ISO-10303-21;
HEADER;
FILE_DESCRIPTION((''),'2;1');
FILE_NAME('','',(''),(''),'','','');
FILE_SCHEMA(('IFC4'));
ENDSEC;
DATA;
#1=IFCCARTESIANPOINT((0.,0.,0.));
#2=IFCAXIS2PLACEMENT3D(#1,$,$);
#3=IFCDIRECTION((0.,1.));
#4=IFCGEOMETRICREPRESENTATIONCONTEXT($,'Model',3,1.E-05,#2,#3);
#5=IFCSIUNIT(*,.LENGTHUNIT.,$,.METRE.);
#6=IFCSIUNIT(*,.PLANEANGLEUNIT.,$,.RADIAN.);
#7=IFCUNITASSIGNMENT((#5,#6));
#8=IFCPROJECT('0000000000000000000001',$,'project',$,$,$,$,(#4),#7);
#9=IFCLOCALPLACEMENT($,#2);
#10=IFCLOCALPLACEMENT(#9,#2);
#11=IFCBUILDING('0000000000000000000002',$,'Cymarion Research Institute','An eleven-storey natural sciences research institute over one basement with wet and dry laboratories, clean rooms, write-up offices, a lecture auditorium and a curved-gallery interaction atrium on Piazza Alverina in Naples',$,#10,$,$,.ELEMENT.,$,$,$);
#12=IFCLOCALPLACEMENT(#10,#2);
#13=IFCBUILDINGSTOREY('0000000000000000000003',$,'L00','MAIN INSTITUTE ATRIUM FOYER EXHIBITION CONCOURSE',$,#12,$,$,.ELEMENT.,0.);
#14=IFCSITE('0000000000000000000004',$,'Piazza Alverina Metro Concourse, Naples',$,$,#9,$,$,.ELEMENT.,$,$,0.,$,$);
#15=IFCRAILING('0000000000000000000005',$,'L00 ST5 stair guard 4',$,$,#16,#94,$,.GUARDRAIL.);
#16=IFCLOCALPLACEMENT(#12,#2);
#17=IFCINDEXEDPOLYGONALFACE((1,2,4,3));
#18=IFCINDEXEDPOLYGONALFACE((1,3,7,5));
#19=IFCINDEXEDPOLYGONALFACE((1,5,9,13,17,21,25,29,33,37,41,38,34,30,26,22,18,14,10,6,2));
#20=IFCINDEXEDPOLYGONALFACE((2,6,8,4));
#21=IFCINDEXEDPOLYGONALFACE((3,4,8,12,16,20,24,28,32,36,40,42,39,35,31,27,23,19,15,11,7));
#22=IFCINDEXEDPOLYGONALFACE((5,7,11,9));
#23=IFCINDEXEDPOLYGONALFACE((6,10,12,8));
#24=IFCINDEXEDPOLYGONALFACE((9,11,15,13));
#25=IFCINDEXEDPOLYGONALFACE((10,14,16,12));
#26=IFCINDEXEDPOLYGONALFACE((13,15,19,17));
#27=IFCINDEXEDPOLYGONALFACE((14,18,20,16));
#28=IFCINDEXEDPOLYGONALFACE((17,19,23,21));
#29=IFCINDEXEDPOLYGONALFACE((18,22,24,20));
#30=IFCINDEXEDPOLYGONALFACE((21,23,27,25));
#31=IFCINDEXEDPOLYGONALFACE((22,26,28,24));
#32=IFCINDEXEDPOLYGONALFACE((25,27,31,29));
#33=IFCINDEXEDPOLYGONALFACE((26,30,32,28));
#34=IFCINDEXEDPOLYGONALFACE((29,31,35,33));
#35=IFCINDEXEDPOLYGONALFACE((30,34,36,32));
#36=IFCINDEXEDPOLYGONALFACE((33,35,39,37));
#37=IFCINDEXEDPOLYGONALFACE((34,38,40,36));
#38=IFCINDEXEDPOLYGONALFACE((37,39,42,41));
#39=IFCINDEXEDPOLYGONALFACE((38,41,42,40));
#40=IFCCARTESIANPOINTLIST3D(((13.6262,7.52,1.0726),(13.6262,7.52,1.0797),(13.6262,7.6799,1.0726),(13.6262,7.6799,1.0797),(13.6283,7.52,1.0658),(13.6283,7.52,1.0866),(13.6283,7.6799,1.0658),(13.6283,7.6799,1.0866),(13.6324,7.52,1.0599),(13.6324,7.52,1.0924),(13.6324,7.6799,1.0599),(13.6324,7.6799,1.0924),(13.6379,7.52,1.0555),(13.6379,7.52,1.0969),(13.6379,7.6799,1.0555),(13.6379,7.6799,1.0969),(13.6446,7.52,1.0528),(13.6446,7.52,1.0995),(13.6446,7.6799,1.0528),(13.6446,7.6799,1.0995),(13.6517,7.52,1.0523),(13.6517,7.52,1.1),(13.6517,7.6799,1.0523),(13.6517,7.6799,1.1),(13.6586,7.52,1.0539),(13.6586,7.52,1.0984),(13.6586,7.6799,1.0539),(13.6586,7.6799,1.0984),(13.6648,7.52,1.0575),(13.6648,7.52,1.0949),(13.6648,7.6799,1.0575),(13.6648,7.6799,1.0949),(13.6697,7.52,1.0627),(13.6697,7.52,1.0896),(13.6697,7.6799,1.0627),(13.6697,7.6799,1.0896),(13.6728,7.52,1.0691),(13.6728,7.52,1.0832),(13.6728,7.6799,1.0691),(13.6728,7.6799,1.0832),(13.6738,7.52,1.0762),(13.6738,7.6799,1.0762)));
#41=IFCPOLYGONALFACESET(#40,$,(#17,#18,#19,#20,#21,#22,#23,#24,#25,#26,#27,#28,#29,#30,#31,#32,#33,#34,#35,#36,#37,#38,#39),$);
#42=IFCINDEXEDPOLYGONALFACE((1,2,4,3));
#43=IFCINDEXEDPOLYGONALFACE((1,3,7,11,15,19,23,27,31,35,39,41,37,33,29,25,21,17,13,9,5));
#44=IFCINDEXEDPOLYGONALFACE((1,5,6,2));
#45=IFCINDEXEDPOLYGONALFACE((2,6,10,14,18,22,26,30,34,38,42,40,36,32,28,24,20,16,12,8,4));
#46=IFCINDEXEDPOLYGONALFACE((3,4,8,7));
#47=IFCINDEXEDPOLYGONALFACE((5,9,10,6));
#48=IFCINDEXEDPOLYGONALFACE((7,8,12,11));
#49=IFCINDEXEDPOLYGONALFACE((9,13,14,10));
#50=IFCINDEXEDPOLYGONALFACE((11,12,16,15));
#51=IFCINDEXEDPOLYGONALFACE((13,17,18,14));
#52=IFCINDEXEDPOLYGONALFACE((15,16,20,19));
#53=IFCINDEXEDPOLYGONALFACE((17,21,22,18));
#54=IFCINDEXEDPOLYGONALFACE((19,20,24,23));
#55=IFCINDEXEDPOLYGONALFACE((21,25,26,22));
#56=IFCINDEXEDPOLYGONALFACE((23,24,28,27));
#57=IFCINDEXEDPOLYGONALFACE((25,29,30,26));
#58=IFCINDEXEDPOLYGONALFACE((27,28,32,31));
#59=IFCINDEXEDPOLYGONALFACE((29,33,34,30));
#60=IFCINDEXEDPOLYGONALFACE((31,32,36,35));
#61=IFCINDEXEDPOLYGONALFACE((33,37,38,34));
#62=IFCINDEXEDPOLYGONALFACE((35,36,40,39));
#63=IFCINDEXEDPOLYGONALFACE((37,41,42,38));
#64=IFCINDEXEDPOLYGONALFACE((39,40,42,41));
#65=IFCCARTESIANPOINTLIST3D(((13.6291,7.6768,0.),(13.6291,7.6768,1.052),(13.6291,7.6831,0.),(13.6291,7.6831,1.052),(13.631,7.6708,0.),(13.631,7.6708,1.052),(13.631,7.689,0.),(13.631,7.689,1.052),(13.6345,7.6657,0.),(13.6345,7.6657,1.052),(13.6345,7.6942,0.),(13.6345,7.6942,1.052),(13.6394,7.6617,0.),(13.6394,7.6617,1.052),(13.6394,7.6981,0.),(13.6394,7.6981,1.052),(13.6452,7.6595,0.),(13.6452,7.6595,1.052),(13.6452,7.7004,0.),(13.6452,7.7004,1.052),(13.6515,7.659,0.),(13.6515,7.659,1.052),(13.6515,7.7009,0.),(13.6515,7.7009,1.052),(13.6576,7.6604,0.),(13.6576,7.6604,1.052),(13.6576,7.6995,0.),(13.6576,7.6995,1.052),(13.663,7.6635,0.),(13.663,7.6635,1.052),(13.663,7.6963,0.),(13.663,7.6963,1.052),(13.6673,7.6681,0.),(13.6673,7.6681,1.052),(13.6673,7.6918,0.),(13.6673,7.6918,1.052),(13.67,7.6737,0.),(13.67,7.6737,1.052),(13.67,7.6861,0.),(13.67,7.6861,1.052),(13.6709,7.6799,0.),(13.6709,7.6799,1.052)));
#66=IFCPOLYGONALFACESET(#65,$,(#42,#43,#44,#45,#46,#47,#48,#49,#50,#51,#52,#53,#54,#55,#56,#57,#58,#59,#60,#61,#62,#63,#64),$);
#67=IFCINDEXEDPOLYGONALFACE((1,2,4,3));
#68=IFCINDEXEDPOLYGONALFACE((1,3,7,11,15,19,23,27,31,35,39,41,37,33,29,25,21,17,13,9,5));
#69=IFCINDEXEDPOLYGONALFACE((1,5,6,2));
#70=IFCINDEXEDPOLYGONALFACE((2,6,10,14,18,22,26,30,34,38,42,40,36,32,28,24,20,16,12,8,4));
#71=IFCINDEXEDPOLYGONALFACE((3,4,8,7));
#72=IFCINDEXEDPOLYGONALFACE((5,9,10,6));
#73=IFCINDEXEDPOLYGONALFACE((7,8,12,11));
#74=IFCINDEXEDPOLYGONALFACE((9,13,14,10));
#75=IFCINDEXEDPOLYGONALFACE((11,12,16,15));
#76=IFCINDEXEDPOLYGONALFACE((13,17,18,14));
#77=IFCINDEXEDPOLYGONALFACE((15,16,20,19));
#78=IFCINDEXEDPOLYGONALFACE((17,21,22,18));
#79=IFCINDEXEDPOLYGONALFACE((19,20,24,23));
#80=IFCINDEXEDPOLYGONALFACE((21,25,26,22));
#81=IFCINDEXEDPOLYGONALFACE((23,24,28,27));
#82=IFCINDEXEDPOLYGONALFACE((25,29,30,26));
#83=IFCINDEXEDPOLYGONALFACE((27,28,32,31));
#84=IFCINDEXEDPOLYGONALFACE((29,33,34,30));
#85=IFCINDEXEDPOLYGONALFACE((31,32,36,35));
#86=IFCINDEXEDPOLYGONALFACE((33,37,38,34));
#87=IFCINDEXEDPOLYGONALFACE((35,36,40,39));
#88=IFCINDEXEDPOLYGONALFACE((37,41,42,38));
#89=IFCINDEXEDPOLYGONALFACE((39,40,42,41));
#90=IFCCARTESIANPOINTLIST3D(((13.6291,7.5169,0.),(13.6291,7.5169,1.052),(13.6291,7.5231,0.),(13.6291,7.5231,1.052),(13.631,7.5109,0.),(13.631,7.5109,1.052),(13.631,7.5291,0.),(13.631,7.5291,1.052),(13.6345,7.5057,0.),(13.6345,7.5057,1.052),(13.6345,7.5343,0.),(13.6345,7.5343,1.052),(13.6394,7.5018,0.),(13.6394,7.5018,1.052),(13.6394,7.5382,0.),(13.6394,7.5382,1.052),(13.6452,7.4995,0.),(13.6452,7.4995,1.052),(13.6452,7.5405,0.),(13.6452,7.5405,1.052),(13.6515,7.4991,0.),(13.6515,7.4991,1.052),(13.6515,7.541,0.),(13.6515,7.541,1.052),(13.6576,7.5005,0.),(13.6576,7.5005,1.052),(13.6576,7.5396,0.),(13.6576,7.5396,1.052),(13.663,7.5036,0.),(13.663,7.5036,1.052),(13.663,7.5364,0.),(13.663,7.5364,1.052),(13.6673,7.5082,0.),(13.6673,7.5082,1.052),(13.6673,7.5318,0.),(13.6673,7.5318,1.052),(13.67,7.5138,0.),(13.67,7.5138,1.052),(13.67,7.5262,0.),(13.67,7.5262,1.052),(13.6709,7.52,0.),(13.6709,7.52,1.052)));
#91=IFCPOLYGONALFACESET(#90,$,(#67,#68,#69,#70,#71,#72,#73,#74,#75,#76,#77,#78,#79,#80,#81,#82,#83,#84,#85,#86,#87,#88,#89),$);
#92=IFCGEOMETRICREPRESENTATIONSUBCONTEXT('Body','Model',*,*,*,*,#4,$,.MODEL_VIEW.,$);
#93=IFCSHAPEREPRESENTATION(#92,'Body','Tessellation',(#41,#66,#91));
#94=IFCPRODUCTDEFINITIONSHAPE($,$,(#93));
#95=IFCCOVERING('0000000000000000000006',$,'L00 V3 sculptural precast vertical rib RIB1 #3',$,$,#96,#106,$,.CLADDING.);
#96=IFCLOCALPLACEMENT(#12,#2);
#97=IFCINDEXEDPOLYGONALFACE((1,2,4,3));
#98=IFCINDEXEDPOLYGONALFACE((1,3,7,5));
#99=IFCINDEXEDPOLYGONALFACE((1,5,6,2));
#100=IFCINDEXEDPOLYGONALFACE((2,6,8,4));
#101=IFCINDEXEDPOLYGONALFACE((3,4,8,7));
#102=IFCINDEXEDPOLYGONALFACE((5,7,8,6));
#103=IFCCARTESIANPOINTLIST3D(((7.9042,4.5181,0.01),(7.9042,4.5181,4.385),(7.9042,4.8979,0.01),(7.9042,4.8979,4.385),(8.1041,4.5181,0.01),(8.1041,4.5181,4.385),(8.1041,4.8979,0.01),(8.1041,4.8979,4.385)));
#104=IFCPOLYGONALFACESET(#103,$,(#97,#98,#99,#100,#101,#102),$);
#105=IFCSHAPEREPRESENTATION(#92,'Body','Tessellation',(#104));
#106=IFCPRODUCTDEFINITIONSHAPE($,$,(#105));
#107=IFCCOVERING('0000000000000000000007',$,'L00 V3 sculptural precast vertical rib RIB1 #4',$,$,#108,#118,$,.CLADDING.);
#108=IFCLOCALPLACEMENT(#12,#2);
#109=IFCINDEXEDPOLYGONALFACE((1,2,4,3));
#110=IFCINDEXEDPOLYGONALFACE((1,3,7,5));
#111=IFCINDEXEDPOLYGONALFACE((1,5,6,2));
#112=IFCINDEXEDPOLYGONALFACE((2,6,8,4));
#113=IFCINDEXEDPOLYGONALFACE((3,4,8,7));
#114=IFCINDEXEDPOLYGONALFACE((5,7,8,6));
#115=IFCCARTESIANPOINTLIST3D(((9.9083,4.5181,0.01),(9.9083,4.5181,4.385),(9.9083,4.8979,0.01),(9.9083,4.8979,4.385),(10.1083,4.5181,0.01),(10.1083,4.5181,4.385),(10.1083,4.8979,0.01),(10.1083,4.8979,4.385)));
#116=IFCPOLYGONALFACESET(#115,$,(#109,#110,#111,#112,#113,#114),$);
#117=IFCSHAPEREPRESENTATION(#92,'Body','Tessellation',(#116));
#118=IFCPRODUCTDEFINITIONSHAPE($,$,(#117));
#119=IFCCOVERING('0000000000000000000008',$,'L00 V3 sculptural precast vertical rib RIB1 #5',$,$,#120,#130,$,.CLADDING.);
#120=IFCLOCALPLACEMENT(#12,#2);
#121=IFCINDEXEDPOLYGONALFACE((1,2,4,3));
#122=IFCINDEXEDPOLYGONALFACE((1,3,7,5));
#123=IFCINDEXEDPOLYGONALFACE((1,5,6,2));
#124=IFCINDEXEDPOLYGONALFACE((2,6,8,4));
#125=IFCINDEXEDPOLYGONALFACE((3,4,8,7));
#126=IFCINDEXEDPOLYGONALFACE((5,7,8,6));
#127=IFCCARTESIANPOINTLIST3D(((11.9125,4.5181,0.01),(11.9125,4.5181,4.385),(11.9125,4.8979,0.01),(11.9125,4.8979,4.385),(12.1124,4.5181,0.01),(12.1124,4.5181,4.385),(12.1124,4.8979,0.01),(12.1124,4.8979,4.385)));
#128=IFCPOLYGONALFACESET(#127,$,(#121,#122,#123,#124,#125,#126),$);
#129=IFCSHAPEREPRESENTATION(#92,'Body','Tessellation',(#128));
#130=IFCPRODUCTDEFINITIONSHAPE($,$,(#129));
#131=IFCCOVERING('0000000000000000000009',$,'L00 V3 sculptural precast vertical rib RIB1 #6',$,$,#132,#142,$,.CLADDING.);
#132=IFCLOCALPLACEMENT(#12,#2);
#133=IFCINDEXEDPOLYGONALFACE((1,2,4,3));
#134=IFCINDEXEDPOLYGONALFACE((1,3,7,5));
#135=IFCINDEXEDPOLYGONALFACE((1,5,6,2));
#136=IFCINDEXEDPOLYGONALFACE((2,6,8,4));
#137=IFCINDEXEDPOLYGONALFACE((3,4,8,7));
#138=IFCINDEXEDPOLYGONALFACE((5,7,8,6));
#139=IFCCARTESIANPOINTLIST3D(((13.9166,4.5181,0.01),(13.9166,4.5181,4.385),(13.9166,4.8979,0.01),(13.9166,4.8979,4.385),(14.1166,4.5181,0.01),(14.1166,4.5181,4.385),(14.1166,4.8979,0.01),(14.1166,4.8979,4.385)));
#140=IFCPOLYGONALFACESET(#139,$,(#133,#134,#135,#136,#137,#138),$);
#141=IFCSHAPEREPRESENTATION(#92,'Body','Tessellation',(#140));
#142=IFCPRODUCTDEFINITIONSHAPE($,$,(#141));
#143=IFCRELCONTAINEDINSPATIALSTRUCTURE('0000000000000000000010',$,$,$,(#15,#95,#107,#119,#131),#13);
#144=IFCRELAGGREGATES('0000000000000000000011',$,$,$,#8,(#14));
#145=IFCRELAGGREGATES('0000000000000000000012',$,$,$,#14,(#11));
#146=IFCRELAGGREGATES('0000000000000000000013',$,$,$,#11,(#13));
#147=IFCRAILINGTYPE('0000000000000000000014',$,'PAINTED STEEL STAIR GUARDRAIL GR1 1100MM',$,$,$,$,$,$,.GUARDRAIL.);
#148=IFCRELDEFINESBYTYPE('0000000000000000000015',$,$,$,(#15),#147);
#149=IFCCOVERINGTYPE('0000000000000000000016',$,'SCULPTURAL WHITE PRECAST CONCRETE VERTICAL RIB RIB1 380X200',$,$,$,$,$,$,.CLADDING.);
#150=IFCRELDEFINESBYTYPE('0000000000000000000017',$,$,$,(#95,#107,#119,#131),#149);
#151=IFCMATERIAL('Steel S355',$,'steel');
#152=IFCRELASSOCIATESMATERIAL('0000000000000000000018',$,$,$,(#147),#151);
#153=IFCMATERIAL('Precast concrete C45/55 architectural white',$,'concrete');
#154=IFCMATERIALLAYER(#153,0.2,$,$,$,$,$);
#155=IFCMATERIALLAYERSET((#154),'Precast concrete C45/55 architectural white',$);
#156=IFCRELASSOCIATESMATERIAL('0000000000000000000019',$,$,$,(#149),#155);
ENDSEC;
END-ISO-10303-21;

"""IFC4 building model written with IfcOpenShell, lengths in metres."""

from ifc_helpers import new_model, si_unit, direction, frame, origin, origin_2d, place, context, subcontext, project, spatial, rectangle, circle, extrude, material, layer, layer_set, type_object, element, save


model = new_model("IFC4")

# Units and contexts
model_context = context("Model", 3, precision=1e-05, world=origin(), true_north=direction((0.0, 1.0)))
body_context = subcontext(model_context, "Body", "Model", "MODEL_VIEW")
ifc_project = project(units=[si_unit("LENGTHUNIT", "METRE"), si_unit("PLANEANGLEUNIT", "RADIAN")], contexts=[model_context])

# Site, building, storey
site_placement = place(None, origin())
site = spatial("IfcSite", under=ifc_project, at=site_placement, Name="Piazza Alverina Metro Concourse, Naples", CompositionType="ELEMENT", RefElevation=0.0)
building_placement = place(site_placement, origin())
building = spatial("IfcBuilding", under=site, at=building_placement, Name="Cymarion Research Institute", Description="An eleven-storey natural sciences research institute over one basement with wet and dry laboratories, clean rooms, write-up offices, a lecture auditorium and a curved-gallery interaction atrium on Piazza Alverina in Naples", CompositionType="ELEMENT")
storey_placement = place(building_placement, origin())
storey = spatial("IfcBuildingStorey", under=building, at=storey_placement, Name="L00", Description="MAIN INSTITUTE ATRIUM FOYER EXHIBITION CONCOURSE", CompositionType="ELEMENT", Elevation=0.0)

# Shared definitions
ifc_material_1 = material(Name="Steel S355", Category="steel")

# Railing
railing_type_1 = type_object("IfcRailingType", Name="PAINTED STEEL STAIR GUARDRAIL GR1 1100MM", PredefinedType="GUARDRAIL", material=ifc_material_1)
railing_1_placement = place(storey_placement, frame((13.6499, 7.6799, 0.0)))
element("IfcRailing", 1, at=railing_1_placement, inside=storey, type_object=railing_type_1, Name="L00 ST5 stair guard 4", PredefinedType="GUARDRAIL", context=body_context, shape_type="SweptSolid", body=[
    extrude(circle(Radius=0.0239, at=origin_2d()), frame((0.0, 0.0, 1.0762), z_axis=(0.0, -1.0, 0.0), x_axis=(1.0, 0.0, 0.0)), (0.0, 0.0, 1.0), 0.1599),
    extrude(circle(Radius=0.021, at=origin_2d()), origin(), (0.0, 0.0, 1.0), 1.052),
    extrude(circle(Radius=0.021, at=origin_2d()), frame((0.0, -0.1599, 0.0)), (0.0, 0.0, 1.0), 1.052),
])

# Coverings
ifc_material_2 = material(Name="Precast concrete C45/55 architectural white", Category="concrete")
ifc_layer_1 = layer(ifc_material_2, 0.2)
ifc_layer_set_1 = layer_set([ifc_layer_1], Name="Precast concrete C45/55 architectural white")
covering_type = type_object("IfcCoveringType", Name="SCULPTURAL WHITE PRECAST CONCRETE VERTICAL RIB RIB1 380X200", PredefinedType="CLADDING", material=ifc_layer_set_1)
for number, where, z_axis, x_axis, name in (
    (2, (8.0042, 4.708, 0.01), (0.0, 0.0, 1.0), (0.0, -1.0, 0.0), "L00 V3 sculptural precast vertical rib RIB1 #3"),
    (3, (10.0083, 4.708, 0.01), (0.0, 0.0, 1.0), (0.0, -1.0, 0.0), "L00 V3 sculptural precast vertical rib RIB1 #4"),
    (4, (12.0125, 4.708, 0.01), (0.0, 0.0, 1.0), (0.0, -1.0, 0.0), "L00 V3 sculptural precast vertical rib RIB1 #5"),
    (5, (14.0166, 4.708, 0.01), (0.0, 0.0, 1.0), (0.0, -1.0, 0.0), "L00 V3 sculptural precast vertical rib RIB1 #6"),
):
    element("IfcCovering", number, at=place(storey_placement, frame(where, z_axis=z_axis, x_axis=x_axis)), inside=storey, type_object=covering_type, Name=name, PredefinedType="CLADDING", context=body_context, shape_type="SweptSolid", body=[
        extrude(rectangle(XDim=0.3799, YDim=0.2, at=origin_2d()), origin(), (0.0, 0.0, 1.0), 4.375),
    ])

save(model, "model.ifc")
